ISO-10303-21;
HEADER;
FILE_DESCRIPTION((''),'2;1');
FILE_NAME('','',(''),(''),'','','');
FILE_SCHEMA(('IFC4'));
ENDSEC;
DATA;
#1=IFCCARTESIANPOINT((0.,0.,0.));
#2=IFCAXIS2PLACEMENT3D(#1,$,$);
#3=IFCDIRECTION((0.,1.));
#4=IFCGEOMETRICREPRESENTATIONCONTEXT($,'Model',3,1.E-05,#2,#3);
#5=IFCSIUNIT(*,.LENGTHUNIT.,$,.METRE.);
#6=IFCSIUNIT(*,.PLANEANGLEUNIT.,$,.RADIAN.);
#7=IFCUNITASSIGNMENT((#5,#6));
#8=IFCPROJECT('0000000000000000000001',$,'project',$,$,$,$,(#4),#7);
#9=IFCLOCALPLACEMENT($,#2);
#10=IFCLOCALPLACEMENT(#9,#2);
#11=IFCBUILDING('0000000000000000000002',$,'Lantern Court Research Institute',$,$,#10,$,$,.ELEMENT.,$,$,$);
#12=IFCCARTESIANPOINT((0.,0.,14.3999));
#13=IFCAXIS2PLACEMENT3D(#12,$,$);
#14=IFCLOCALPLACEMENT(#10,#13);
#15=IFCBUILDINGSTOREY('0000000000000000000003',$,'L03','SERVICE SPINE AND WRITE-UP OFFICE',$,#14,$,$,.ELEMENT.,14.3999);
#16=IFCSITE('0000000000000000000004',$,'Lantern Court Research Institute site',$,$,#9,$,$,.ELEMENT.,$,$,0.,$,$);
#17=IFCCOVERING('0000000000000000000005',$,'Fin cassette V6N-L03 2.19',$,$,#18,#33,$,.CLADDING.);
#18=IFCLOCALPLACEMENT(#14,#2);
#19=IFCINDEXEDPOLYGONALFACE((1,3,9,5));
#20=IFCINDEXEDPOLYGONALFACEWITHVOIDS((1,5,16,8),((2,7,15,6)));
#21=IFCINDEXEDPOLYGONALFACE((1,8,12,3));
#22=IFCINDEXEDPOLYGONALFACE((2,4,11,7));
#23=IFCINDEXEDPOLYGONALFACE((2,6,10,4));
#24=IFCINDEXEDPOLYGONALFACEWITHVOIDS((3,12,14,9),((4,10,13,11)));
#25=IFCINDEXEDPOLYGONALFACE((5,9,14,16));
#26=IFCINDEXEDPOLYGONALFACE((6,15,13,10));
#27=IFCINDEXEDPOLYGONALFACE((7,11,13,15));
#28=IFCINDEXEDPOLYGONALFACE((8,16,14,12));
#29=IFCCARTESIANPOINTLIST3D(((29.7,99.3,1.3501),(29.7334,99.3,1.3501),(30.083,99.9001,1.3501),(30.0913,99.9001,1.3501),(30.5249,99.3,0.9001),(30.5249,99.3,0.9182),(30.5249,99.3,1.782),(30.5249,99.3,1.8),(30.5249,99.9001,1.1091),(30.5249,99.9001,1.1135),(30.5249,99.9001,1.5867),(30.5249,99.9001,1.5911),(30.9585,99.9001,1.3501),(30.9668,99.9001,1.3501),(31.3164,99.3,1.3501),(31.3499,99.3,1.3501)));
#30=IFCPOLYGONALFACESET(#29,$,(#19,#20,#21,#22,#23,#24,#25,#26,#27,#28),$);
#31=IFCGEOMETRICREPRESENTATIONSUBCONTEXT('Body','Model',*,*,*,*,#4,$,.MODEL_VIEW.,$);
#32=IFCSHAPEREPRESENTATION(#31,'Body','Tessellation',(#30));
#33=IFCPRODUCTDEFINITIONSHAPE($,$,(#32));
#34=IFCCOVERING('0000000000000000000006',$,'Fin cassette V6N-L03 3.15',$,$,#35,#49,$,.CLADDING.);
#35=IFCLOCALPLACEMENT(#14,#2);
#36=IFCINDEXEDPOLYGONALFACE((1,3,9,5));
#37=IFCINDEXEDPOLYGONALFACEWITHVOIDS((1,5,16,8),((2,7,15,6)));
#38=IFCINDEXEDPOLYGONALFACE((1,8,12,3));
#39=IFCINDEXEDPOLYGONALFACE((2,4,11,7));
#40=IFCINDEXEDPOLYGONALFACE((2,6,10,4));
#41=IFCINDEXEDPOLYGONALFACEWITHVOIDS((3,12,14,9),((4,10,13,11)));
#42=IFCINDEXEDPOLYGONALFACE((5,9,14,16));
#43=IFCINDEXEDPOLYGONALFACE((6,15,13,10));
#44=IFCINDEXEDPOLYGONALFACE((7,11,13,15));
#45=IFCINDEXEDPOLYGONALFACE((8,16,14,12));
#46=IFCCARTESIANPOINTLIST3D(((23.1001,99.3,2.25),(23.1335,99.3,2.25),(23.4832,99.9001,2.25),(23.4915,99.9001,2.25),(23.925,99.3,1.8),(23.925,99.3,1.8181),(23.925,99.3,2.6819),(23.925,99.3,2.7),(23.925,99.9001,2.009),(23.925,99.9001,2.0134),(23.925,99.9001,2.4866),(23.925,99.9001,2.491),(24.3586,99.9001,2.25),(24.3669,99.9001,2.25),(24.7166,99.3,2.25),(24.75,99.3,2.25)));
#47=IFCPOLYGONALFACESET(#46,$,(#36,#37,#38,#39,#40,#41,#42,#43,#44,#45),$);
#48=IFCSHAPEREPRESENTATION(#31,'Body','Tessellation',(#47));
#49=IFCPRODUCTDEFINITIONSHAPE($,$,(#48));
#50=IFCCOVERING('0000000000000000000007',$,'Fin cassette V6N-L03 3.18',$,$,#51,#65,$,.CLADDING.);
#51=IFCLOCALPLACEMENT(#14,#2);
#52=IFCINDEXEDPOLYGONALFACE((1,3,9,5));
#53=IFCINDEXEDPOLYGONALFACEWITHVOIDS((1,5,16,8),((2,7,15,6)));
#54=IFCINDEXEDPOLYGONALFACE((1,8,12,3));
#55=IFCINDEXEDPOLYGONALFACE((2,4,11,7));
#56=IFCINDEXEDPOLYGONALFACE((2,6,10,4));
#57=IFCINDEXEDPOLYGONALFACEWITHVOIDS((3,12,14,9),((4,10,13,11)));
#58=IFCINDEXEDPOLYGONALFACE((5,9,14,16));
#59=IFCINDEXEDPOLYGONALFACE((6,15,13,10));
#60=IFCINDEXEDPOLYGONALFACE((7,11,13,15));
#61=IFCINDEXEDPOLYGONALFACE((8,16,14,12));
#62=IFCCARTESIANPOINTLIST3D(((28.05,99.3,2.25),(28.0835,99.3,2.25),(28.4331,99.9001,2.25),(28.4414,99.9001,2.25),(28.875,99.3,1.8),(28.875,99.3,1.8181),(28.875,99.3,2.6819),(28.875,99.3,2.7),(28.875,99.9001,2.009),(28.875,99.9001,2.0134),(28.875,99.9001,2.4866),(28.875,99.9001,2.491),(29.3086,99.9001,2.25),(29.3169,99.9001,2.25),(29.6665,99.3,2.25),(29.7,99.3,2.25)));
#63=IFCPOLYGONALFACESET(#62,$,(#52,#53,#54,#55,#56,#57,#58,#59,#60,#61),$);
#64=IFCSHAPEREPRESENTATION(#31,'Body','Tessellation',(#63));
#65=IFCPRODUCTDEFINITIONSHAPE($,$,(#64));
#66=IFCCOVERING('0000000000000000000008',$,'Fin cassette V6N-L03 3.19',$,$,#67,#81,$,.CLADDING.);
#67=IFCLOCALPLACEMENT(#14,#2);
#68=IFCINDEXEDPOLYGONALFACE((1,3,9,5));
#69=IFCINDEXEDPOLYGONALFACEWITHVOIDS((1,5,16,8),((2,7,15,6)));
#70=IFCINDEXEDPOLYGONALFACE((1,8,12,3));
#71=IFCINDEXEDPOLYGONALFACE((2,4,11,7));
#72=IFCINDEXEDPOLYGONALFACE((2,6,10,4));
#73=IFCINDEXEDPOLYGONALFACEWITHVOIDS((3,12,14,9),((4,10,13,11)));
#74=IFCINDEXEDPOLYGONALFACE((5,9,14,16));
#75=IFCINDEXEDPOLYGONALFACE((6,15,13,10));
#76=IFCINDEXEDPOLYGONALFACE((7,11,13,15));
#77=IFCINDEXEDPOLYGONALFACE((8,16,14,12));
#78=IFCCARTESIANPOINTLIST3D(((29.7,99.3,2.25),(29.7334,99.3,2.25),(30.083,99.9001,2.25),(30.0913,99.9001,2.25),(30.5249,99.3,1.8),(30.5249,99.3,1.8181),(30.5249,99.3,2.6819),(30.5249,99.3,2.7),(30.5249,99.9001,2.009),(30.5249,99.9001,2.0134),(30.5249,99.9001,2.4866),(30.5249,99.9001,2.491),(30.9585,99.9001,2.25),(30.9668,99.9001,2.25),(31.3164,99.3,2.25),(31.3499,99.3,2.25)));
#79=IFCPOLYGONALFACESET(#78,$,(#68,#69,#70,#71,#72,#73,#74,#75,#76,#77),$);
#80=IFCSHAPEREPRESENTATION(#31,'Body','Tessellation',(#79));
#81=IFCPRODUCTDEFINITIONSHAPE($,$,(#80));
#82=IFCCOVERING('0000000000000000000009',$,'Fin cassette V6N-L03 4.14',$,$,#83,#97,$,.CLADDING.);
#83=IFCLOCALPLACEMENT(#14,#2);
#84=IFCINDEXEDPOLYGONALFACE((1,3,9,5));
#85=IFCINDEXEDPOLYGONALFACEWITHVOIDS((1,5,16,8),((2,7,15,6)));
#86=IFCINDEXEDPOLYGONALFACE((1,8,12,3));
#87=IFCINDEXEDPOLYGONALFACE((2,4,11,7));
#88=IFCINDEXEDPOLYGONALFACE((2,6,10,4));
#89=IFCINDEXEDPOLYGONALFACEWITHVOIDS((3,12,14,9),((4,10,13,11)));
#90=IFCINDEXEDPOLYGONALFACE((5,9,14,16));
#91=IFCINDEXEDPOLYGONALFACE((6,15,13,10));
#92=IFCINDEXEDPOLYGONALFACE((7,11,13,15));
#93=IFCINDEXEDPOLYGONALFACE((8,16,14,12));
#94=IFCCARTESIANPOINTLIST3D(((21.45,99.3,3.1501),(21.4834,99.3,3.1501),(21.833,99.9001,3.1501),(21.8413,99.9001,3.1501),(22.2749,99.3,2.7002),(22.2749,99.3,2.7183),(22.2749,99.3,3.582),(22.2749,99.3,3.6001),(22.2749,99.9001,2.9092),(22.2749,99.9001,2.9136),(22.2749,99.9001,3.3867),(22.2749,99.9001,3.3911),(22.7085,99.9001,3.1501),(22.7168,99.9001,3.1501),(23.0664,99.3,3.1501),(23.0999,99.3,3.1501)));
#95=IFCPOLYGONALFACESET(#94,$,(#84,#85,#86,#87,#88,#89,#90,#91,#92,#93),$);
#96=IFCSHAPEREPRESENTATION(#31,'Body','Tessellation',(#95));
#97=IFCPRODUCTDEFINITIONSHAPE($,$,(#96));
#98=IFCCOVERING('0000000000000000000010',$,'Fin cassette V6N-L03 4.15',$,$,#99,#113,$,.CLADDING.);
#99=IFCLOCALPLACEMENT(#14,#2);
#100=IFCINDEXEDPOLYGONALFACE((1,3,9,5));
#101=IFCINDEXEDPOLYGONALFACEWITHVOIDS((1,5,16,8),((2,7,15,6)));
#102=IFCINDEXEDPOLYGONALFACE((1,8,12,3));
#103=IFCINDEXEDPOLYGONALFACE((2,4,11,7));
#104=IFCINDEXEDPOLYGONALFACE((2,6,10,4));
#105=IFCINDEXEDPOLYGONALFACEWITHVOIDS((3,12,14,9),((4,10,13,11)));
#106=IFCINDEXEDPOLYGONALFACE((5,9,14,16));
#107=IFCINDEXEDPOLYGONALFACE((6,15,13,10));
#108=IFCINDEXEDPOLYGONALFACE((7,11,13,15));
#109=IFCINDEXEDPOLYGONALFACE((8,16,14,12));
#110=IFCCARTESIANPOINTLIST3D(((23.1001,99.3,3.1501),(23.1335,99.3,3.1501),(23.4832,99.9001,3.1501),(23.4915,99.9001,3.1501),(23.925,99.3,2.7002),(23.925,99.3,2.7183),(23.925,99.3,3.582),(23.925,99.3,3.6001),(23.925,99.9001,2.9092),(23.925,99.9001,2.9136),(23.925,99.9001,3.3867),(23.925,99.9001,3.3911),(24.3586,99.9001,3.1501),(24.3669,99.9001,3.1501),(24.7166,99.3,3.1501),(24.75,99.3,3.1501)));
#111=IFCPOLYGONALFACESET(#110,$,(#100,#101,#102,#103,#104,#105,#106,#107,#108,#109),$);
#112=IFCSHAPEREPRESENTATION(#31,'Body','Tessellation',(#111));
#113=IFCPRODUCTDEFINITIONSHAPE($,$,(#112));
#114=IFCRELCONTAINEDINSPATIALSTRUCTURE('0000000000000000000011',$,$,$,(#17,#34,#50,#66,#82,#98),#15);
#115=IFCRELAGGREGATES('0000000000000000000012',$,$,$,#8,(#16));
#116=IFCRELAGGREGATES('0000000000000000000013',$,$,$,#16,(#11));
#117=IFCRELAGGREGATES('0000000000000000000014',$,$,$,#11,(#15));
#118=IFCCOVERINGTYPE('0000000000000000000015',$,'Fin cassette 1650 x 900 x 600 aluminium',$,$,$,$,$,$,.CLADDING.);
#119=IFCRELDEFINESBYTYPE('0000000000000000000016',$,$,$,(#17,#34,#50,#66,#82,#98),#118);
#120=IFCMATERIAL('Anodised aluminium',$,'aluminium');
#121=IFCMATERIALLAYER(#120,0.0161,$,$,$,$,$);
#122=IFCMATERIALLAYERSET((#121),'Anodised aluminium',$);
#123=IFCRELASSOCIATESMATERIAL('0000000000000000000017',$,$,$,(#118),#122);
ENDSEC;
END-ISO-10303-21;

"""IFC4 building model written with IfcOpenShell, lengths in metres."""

from ifc_helpers import new_model, entity, si_unit, direction, frame, origin, place, context, subcontext, project, spatial, material, layer, layer_set, type_object, element, save


model = new_model("IFC4")

# Units and contexts
model_context = context("Model", 3, precision=1e-05, world=origin(), true_north=direction((0.0, 1.0)))
body_context = subcontext(model_context, "Body", "Model", "MODEL_VIEW")
ifc_project = project(units=[si_unit("LENGTHUNIT", "METRE"), si_unit("PLANEANGLEUNIT", "RADIAN")], contexts=[model_context])

# Site, building, storey
site_placement = place(None, origin())
site = spatial("IfcSite", under=ifc_project, at=site_placement, Name="Lantern Court Research Institute site", CompositionType="ELEMENT", RefElevation=0.0)
building_placement = place(site_placement, origin())
building = spatial("IfcBuilding", under=site, at=building_placement, Name="Lantern Court Research Institute", CompositionType="ELEMENT")
storey_placement = place(building_placement, frame((0.0, 0.0, 14.3999)))
storey = spatial("IfcBuildingStorey", under=building, at=storey_placement, Name="L03", Description="SERVICE SPINE AND WRITE-UP OFFICE", CompositionType="ELEMENT", Elevation=14.3999)

# Coverings
ifc_material_1 = material(Name="Anodised aluminium", Category="aluminium")
ifc_layer_1 = layer(ifc_material_1, 0.0161)
ifc_layer_set_1 = layer_set([ifc_layer_1], Name="Anodised aluminium")
covering_type_1 = type_object("IfcCoveringType", Name="Fin cassette 1650 x 900 x 600 aluminium", PredefinedType="CLADDING", material=ifc_layer_set_1)
covering_1_placement = place(storey_placement, frame((30.5249, 99.3, 1.3501), z_axis=(0.0, 1.0, 0.0), x_axis=(-1.0, 0.0, 0.0)))
cartesian_point_1 = entity("IfcCartesianPoint", [0.825, 0.0])
cartesian_point_2 = entity("IfcCartesianPoint", [0.7915, 0.0])
cartesian_point_3 = entity("IfcCartesianPoint", [0.4419, 0.0])
cartesian_point_4 = entity("IfcCartesianPoint", [0.4336, 0.0])
element("IfcCovering", 1, at=covering_1_placement, inside=storey, type_object=covering_type_1, Name="Fin cassette V6N-L03 2.19", PredefinedType="CLADDING", context=body_context, shape_type="SweptSolid", body=[
    entity("IfcExtrudedAreaSolidTapered", entity("IfcArbitraryProfileDefWithVoids", "AREA", None, entity("IfcPolyline", [cartesian_point_1, entity("IfcCartesianPoint", [0.0, 0.45]), entity("IfcCartesianPoint", [-0.825, 0.0]), entity("IfcCartesianPoint", [0.0, -0.45]), cartesian_point_1]), [entity("IfcPolyline", [cartesian_point_2, entity("IfcCartesianPoint", [0.0, 0.4319]), entity("IfcCartesianPoint", [-0.7915, 0.0]), entity("IfcCartesianPoint", [0.0, -0.4319]), cartesian_point_2])]), entity("IfcAxis2Placement3D", entity("IfcCartesianPoint", [0.0, 0.0, 0.0])), entity("IfcDirection", [0.0, 0.0, 1.0]), 0.6001, entity("IfcArbitraryProfileDefWithVoids", "AREA", None, entity("IfcPolyline", [cartesian_point_3, entity("IfcCartesianPoint", [0.0, 0.241]), entity("IfcCartesianPoint", [-0.4419, 0.0]), entity("IfcCartesianPoint", [0.0, -0.241]), cartesian_point_3]), [entity("IfcPolyline", [cartesian_point_4, entity("IfcCartesianPoint", [0.0, 0.2366]), entity("IfcCartesianPoint", [-0.4336, 0.0]), entity("IfcCartesianPoint", [0.0, -0.2366]), cartesian_point_4])])),
])
covering_2_placement = place(storey_placement, frame((23.925, 99.3, 2.25), z_axis=(0.0, 1.0, 0.0), x_axis=(-1.0, 0.0, 0.0)))
cartesian_point_5 = entity("IfcCartesianPoint", [0.825, 0.0])
cartesian_point_6 = entity("IfcCartesianPoint", [0.7915, 0.0])
cartesian_point_7 = entity("IfcCartesianPoint", [0.4419, 0.0])
cartesian_point_8 = entity("IfcCartesianPoint", [0.4336, 0.0])
element("IfcCovering", 2, at=covering_2_placement, inside=storey, type_object=covering_type_1, Name="Fin cassette V6N-L03 3.15", PredefinedType="CLADDING", context=body_context, shape_type="SweptSolid", body=[
    entity("IfcExtrudedAreaSolidTapered", entity("IfcArbitraryProfileDefWithVoids", "AREA", None, entity("IfcPolyline", [cartesian_point_5, entity("IfcCartesianPoint", [0.0, 0.45]), entity("IfcCartesianPoint", [-0.825, 0.0]), entity("IfcCartesianPoint", [0.0, -0.45]), cartesian_point_5]), [entity("IfcPolyline", [cartesian_point_6, entity("IfcCartesianPoint", [0.0, 0.4319]), entity("IfcCartesianPoint", [-0.7915, 0.0]), entity("IfcCartesianPoint", [0.0, -0.4319]), cartesian_point_6])]), entity("IfcAxis2Placement3D", entity("IfcCartesianPoint", [0.0, 0.0, 0.0])), entity("IfcDirection", [0.0, 0.0, 1.0]), 0.6001, entity("IfcArbitraryProfileDefWithVoids", "AREA", None, entity("IfcPolyline", [cartesian_point_7, entity("IfcCartesianPoint", [0.0, 0.241]), entity("IfcCartesianPoint", [-0.4419, 0.0]), entity("IfcCartesianPoint", [0.0, -0.241]), cartesian_point_7]), [entity("IfcPolyline", [cartesian_point_8, entity("IfcCartesianPoint", [0.0, 0.2366]), entity("IfcCartesianPoint", [-0.4336, 0.0]), entity("IfcCartesianPoint", [0.0, -0.2366]), cartesian_point_8])])),
])
covering_3_placement = place(storey_placement, frame((28.875, 99.3, 2.25), z_axis=(0.0, 1.0, 0.0), x_axis=(-1.0, 0.0, 0.0)))
cartesian_point_9 = entity("IfcCartesianPoint", [0.825, 0.0])
cartesian_point_10 = entity("IfcCartesianPoint", [0.7915, 0.0])
cartesian_point_11 = entity("IfcCartesianPoint", [0.4419, 0.0])
cartesian_point_12 = entity("IfcCartesianPoint", [0.4336, 0.0])
element("IfcCovering", 3, at=covering_3_placement, inside=storey, type_object=covering_type_1, Name="Fin cassette V6N-L03 3.18", PredefinedType="CLADDING", context=body_context, shape_type="SweptSolid", body=[
    entity("IfcExtrudedAreaSolidTapered", entity("IfcArbitraryProfileDefWithVoids", "AREA", None, entity("IfcPolyline", [cartesian_point_9, entity("IfcCartesianPoint", [0.0, 0.45]), entity("IfcCartesianPoint", [-0.825, 0.0]), entity("IfcCartesianPoint", [0.0, -0.45]), cartesian_point_9]), [entity("IfcPolyline", [cartesian_point_10, entity("IfcCartesianPoint", [0.0, 0.4319]), entity("IfcCartesianPoint", [-0.7915, 0.0]), entity("IfcCartesianPoint", [0.0, -0.4319]), cartesian_point_10])]), entity("IfcAxis2Placement3D", entity("IfcCartesianPoint", [0.0, 0.0, 0.0])), entity("IfcDirection", [0.0, 0.0, 1.0]), 0.6001, entity("IfcArbitraryProfileDefWithVoids", "AREA", None, entity("IfcPolyline", [cartesian_point_11, entity("IfcCartesianPoint", [0.0, 0.241]), entity("IfcCartesianPoint", [-0.4419, 0.0]), entity("IfcCartesianPoint", [0.0, -0.241]), cartesian_point_11]), [entity("IfcPolyline", [cartesian_point_12, entity("IfcCartesianPoint", [0.0, 0.2366]), entity("IfcCartesianPoint", [-0.4336, 0.0]), entity("IfcCartesianPoint", [0.0, -0.2366]), cartesian_point_12])])),
])
covering_4_placement = place(storey_placement, frame((30.5249, 99.3, 2.25), z_axis=(0.0, 1.0, 0.0), x_axis=(-1.0, 0.0, 0.0)))
cartesian_point_13 = entity("IfcCartesianPoint", [0.825, 0.0])
cartesian_point_14 = entity("IfcCartesianPoint", [0.7915, 0.0])
cartesian_point_15 = entity("IfcCartesianPoint", [0.4419, 0.0])
cartesian_point_16 = entity("IfcCartesianPoint", [0.4336, 0.0])
element("IfcCovering", 4, at=covering_4_placement, inside=storey, type_object=covering_type_1, Name="Fin cassette V6N-L03 3.19", PredefinedType="CLADDING", context=body_context, shape_type="SweptSolid", body=[
    entity("IfcExtrudedAreaSolidTapered", entity("IfcArbitraryProfileDefWithVoids", "AREA", None, entity("IfcPolyline", [cartesian_point_13, entity("IfcCartesianPoint", [0.0, 0.45]), entity("IfcCartesianPoint", [-0.825, 0.0]), entity("IfcCartesianPoint", [0.0, -0.45]), cartesian_point_13]), [entity("IfcPolyline", [cartesian_point_14, entity("IfcCartesianPoint", [0.0, 0.4319]), entity("IfcCartesianPoint", [-0.7915, 0.0]), entity("IfcCartesianPoint", [0.0, -0.4319]), cartesian_point_14])]), entity("IfcAxis2Placement3D", entity("IfcCartesianPoint", [0.0, 0.0, 0.0])), entity("IfcDirection", [0.0, 0.0, 1.0]), 0.6001, entity("IfcArbitraryProfileDefWithVoids", "AREA", None, entity("IfcPolyline", [cartesian_point_15, entity("IfcCartesianPoint", [0.0, 0.241]), entity("IfcCartesianPoint", [-0.4419, 0.0]), entity("IfcCartesianPoint", [0.0, -0.241]), cartesian_point_15]), [entity("IfcPolyline", [cartesian_point_16, entity("IfcCartesianPoint", [0.0, 0.2366]), entity("IfcCartesianPoint", [-0.4336, 0.0]), entity("IfcCartesianPoint", [0.0, -0.2366]), cartesian_point_16])])),
])
covering_5_placement = place(storey_placement, frame((22.2749, 99.3, 3.1501), z_axis=(0.0, 1.0, 0.0), x_axis=(-1.0, 0.0, 0.0)))
cartesian_point_17 = entity("IfcCartesianPoint", [0.825, 0.0])
cartesian_point_18 = entity("IfcCartesianPoint", [0.7915, 0.0])
cartesian_point_19 = entity("IfcCartesianPoint", [0.4419, 0.0])
cartesian_point_20 = entity("IfcCartesianPoint", [0.4336, 0.0])
element("IfcCovering", 5, at=covering_5_placement, inside=storey, type_object=covering_type_1, Name="Fin cassette V6N-L03 4.14", PredefinedType="CLADDING", context=body_context, shape_type="SweptSolid", body=[
    entity("IfcExtrudedAreaSolidTapered", entity("IfcArbitraryProfileDefWithVoids", "AREA", None, entity("IfcPolyline", [cartesian_point_17, entity("IfcCartesianPoint", [0.0, 0.45]), entity("IfcCartesianPoint", [-0.825, 0.0]), entity("IfcCartesianPoint", [0.0, -0.45]), cartesian_point_17]), [entity("IfcPolyline", [cartesian_point_18, entity("IfcCartesianPoint", [0.0, 0.4319]), entity("IfcCartesianPoint", [-0.7915, 0.0]), entity("IfcCartesianPoint", [0.0, -0.4319]), cartesian_point_18])]), entity("IfcAxis2Placement3D", entity("IfcCartesianPoint", [0.0, 0.0, 0.0])), entity("IfcDirection", [0.0, 0.0, 1.0]), 0.6001, entity("IfcArbitraryProfileDefWithVoids", "AREA", None, entity("IfcPolyline", [cartesian_point_19, entity("IfcCartesianPoint", [0.0, 0.241]), entity("IfcCartesianPoint", [-0.4419, 0.0]), entity("IfcCartesianPoint", [0.0, -0.241]), cartesian_point_19]), [entity("IfcPolyline", [cartesian_point_20, entity("IfcCartesianPoint", [0.0, 0.2366]), entity("IfcCartesianPoint", [-0.4336, 0.0]), entity("IfcCartesianPoint", [0.0, -0.2366]), cartesian_point_20])])),
])
covering_6_placement = place(storey_placement, frame((23.925, 99.3, 3.1501), z_axis=(0.0, 1.0, 0.0), x_axis=(-1.0, 0.0, 0.0)))
cartesian_point_21 = entity("IfcCartesianPoint", [0.825, 0.0])
cartesian_point_22 = entity("IfcCartesianPoint", [0.7915, 0.0])
cartesian_point_23 = entity("IfcCartesianPoint", [0.4419, 0.0])
cartesian_point_24 = entity("IfcCartesianPoint", [0.4336, 0.0])
element("IfcCovering", 6, at=covering_6_placement, inside=storey, type_object=covering_type_1, Name="Fin cassette V6N-L03 4.15", PredefinedType="CLADDING", context=body_context, shape_type="SweptSolid", body=[
    entity("IfcExtrudedAreaSolidTapered", entity("IfcArbitraryProfileDefWithVoids", "AREA", None, entity("IfcPolyline", [cartesian_point_21, entity("IfcCartesianPoint", [0.0, 0.45]), entity("IfcCartesianPoint", [-0.825, 0.0]), entity("IfcCartesianPoint", [0.0, -0.45]), cartesian_point_21]), [entity("IfcPolyline", [cartesian_point_22, entity("IfcCartesianPoint", [0.0, 0.4319]), entity("IfcCartesianPoint", [-0.7915, 0.0]), entity("IfcCartesianPoint", [0.0, -0.4319]), cartesian_point_22])]), entity("IfcAxis2Placement3D", entity("IfcCartesianPoint", [0.0, 0.0, 0.0])), entity("IfcDirection", [0.0, 0.0, 1.0]), 0.6001, entity("IfcArbitraryProfileDefWithVoids", "AREA", None, entity("IfcPolyline", [cartesian_point_23, entity("IfcCartesianPoint", [0.0, 0.241]), entity("IfcCartesianPoint", [-0.4419, 0.0]), entity("IfcCartesianPoint", [0.0, -0.241]), cartesian_point_23]), [entity("IfcPolyline", [cartesian_point_24, entity("IfcCartesianPoint", [0.0, 0.2366]), entity("IfcCartesianPoint", [-0.4336, 0.0]), entity("IfcCartesianPoint", [0.0, -0.2366]), cartesian_point_24])])),
])

save(model, "model.ifc")
